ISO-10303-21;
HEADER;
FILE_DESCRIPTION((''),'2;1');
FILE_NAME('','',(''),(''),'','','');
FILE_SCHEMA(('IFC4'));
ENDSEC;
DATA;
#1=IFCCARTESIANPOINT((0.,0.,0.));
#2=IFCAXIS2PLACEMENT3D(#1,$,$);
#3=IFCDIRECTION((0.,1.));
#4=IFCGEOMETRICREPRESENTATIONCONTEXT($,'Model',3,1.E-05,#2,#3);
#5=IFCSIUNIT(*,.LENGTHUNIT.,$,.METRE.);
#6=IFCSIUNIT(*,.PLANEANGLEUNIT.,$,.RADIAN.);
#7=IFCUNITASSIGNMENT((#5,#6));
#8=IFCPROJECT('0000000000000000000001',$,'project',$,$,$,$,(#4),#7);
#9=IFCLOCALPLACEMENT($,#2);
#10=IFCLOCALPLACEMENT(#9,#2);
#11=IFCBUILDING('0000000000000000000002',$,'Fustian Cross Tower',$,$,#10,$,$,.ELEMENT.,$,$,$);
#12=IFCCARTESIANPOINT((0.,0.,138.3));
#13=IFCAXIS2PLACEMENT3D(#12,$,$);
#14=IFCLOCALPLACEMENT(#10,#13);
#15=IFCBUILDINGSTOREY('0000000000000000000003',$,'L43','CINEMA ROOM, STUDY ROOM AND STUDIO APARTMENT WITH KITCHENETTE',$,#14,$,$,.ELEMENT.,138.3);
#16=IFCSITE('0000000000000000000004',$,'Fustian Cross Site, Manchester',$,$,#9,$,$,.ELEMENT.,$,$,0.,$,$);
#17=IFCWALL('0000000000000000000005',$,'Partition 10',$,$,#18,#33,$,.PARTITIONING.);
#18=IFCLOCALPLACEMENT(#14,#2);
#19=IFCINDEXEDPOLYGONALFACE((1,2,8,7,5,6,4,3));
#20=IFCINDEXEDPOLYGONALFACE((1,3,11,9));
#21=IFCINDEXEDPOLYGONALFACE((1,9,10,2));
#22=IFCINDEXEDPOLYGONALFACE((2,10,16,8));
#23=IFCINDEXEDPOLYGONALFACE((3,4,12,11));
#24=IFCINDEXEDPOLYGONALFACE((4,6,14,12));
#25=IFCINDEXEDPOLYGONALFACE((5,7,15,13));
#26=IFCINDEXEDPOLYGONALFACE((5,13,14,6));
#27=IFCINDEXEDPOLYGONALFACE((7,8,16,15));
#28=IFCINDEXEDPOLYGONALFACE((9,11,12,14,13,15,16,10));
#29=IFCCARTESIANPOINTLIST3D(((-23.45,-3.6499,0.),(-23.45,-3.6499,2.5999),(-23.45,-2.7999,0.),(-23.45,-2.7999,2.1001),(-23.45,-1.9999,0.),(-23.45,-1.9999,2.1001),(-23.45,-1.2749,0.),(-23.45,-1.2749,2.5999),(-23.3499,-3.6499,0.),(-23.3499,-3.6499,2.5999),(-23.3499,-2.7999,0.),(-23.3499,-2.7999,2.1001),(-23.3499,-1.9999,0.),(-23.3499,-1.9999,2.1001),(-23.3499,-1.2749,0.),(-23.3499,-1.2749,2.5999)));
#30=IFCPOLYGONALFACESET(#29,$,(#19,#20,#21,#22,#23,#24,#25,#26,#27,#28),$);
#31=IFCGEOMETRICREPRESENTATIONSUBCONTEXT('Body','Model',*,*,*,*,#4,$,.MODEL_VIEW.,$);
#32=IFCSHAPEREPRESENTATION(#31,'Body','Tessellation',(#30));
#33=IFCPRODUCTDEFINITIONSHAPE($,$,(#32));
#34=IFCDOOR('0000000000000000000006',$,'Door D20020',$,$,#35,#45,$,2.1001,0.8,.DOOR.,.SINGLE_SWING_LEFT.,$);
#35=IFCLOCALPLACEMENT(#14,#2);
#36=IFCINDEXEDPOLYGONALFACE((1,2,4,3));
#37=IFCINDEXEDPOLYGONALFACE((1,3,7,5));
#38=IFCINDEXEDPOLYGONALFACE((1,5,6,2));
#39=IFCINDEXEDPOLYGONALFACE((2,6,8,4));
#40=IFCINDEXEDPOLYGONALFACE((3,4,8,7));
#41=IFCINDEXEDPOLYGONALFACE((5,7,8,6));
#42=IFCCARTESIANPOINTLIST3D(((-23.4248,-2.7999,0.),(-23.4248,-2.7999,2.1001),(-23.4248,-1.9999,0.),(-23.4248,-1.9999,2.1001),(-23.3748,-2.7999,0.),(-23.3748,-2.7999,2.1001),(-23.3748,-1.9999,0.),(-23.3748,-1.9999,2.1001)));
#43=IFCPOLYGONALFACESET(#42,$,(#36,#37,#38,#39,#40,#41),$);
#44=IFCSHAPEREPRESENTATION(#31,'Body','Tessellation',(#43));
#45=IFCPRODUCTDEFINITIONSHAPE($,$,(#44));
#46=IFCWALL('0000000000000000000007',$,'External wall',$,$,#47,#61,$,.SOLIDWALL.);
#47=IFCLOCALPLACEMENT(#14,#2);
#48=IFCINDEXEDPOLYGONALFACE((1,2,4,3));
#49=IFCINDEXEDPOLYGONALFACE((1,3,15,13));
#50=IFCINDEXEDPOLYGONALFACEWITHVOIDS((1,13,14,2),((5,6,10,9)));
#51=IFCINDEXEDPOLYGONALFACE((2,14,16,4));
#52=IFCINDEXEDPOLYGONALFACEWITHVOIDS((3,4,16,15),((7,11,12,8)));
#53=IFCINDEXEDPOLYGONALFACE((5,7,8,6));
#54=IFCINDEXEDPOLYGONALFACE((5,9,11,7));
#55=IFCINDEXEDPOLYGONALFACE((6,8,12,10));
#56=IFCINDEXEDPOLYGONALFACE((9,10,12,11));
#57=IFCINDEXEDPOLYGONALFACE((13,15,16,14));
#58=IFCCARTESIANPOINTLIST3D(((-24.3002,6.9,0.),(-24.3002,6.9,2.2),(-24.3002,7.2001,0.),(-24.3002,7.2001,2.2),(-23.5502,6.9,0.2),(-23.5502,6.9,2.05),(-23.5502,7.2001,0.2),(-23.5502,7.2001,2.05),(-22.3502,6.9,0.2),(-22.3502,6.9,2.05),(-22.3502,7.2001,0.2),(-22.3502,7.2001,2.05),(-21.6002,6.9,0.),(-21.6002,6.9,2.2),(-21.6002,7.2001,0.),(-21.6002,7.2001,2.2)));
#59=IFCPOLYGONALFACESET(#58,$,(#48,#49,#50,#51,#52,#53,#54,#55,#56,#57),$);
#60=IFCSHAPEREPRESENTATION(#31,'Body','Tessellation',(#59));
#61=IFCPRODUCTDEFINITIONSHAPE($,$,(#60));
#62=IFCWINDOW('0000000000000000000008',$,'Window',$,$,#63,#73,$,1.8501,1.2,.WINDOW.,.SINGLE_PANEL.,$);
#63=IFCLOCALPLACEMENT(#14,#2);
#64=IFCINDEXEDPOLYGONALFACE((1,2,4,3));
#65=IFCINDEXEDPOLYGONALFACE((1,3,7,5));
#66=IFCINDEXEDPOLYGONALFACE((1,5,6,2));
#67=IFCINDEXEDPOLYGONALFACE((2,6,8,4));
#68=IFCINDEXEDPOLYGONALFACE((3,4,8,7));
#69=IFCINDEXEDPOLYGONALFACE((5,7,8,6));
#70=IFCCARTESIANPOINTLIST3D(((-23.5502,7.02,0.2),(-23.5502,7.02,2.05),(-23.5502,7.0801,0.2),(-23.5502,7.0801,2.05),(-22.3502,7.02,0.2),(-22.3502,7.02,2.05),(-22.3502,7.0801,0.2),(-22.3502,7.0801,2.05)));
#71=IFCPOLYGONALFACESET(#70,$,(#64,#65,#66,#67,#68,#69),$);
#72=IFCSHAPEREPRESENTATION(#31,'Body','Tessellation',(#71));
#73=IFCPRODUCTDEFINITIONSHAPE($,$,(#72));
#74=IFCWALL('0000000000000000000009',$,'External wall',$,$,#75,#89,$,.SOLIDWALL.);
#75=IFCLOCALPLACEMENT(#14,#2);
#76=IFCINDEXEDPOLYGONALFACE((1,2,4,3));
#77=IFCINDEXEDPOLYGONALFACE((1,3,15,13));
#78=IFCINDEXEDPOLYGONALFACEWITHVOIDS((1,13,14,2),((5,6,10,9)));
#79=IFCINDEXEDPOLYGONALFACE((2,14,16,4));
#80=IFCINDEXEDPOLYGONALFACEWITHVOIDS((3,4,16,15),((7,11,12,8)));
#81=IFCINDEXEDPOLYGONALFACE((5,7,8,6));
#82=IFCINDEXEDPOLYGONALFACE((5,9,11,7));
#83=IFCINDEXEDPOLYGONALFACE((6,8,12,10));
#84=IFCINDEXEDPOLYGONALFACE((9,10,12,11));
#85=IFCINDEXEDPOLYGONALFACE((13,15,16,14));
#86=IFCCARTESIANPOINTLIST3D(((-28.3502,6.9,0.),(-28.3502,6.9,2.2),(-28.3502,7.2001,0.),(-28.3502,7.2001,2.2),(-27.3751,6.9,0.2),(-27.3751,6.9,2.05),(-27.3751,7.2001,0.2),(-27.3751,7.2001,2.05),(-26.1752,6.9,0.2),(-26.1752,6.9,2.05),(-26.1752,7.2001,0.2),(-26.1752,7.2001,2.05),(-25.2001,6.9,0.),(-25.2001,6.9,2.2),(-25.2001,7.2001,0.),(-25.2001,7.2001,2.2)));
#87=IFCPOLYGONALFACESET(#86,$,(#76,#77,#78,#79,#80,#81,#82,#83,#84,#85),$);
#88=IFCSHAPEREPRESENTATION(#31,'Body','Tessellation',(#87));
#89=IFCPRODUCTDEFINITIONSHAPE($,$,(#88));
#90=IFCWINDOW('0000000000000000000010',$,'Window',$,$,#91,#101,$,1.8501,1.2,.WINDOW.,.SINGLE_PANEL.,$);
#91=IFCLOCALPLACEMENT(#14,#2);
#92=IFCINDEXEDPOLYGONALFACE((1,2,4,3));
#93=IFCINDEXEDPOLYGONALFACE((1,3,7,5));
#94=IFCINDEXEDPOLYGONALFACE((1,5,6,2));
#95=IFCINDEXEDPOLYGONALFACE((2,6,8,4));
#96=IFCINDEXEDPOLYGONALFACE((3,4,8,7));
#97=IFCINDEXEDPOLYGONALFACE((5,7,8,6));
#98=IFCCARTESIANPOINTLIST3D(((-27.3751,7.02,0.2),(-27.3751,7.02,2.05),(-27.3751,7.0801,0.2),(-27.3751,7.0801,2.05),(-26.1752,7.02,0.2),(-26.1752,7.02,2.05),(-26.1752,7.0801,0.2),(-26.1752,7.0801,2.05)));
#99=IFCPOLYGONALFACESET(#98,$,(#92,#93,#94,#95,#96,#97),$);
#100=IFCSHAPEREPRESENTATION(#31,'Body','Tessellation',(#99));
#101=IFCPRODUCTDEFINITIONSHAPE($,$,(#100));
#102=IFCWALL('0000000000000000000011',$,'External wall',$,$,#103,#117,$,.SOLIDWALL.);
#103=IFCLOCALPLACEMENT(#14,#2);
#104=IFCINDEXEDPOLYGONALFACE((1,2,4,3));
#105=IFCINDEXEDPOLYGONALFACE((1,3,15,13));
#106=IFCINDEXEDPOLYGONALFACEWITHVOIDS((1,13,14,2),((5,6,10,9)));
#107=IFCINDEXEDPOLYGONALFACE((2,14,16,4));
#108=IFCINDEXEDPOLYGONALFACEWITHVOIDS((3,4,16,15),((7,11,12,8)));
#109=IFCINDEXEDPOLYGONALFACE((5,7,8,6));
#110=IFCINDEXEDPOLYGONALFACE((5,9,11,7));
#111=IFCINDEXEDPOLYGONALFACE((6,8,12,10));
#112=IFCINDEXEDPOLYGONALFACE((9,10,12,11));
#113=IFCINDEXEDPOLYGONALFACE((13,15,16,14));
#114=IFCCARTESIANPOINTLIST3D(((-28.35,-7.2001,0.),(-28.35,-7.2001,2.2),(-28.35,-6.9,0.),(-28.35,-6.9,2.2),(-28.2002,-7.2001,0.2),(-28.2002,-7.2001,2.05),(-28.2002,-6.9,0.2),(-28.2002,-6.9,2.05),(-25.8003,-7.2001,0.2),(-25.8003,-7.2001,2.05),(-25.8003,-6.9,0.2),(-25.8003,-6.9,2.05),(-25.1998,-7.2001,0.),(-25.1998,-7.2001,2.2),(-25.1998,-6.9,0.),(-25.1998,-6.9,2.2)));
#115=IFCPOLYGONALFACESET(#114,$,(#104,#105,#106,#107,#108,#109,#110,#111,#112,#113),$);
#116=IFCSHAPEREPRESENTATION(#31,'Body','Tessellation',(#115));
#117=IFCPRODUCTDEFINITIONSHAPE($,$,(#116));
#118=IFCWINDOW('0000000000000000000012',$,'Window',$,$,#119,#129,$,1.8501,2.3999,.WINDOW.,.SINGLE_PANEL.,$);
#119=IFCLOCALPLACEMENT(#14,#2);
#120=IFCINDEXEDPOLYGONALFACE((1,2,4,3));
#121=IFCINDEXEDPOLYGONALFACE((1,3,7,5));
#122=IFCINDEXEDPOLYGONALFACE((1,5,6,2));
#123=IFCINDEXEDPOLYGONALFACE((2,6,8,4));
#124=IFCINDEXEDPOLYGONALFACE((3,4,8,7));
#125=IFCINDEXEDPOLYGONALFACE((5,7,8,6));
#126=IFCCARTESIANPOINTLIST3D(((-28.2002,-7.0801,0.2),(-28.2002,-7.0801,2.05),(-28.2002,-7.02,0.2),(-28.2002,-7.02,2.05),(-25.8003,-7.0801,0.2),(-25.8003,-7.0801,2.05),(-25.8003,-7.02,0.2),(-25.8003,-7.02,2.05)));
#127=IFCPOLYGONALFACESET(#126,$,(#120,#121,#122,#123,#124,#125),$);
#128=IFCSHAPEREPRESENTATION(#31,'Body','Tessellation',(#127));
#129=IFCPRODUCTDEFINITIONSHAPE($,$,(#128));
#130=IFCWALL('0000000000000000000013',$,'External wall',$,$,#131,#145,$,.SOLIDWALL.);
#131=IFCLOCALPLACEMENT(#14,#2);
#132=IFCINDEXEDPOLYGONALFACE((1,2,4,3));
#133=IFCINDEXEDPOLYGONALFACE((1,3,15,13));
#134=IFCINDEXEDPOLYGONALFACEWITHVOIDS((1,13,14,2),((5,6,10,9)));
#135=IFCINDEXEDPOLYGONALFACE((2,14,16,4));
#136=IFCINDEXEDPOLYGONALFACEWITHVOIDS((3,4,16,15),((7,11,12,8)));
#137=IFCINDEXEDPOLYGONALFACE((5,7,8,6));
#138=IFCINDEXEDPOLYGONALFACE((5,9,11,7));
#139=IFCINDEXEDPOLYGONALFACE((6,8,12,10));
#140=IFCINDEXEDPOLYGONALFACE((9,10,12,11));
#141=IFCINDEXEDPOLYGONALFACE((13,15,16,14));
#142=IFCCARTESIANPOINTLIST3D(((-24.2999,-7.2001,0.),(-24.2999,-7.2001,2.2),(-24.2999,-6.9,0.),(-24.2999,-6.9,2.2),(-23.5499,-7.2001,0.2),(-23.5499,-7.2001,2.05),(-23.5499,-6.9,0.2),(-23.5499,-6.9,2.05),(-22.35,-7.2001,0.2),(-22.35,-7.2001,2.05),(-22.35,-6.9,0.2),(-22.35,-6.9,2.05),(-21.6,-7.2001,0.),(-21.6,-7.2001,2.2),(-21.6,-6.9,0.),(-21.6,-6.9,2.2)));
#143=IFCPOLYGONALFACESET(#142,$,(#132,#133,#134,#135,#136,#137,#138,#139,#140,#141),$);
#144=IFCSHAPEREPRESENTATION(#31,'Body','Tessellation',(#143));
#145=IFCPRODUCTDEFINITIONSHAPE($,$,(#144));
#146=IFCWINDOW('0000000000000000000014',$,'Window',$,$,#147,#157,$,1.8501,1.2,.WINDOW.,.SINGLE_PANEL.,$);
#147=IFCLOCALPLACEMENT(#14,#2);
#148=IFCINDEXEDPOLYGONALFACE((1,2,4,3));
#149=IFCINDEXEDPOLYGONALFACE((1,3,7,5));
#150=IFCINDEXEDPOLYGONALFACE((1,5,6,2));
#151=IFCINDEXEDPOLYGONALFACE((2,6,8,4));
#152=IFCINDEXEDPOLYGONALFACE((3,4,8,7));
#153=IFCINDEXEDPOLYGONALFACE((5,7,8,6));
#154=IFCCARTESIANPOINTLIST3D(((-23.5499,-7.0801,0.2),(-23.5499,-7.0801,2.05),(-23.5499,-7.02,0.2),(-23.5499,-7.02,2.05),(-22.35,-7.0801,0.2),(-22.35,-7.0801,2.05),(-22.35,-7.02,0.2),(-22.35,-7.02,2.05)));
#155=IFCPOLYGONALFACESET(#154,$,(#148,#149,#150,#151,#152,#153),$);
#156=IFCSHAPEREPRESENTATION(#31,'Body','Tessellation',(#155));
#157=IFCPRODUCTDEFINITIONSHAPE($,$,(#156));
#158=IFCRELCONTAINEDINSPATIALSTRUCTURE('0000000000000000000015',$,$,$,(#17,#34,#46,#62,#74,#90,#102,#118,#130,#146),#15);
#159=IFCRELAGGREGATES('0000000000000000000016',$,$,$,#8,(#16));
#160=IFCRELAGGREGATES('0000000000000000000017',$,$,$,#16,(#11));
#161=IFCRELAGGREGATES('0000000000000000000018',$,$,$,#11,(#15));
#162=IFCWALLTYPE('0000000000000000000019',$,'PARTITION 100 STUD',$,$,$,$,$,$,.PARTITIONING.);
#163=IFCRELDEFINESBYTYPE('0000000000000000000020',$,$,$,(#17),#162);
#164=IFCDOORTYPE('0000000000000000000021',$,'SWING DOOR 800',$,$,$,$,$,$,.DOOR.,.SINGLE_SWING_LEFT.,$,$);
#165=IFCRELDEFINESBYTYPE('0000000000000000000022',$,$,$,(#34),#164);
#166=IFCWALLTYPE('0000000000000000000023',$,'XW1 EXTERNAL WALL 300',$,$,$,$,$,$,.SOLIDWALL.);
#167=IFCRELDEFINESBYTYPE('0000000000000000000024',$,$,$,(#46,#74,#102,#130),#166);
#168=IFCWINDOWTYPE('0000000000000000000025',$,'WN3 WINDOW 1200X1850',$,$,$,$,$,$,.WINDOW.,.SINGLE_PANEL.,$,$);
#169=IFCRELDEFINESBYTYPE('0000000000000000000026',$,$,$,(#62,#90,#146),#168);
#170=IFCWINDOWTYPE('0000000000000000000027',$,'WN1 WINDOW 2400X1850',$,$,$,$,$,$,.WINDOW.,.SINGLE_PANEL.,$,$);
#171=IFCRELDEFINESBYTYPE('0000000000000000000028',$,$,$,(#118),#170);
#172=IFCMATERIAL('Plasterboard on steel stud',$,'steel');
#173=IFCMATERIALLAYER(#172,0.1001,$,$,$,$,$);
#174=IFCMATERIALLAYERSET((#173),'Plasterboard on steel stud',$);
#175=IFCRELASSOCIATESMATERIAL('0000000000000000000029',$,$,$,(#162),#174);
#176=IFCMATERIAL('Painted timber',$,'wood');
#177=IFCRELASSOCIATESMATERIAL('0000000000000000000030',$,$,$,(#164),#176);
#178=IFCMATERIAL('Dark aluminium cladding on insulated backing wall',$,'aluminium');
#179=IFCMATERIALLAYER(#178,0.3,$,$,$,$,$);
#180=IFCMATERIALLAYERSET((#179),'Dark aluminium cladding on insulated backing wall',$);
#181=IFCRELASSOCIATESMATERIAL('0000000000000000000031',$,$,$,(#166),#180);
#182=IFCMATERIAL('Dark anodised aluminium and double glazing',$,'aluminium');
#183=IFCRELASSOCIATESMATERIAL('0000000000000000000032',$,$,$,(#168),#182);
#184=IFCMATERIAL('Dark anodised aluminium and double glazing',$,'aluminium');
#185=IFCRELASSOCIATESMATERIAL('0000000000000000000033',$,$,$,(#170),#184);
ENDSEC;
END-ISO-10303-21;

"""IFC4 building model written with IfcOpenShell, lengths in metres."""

from ifc_helpers import new_model, si_unit, direction, frame, frame_2d, origin, place, context, subcontext, project, spatial, rectangle, extrude, material, layer, layer_set, type_object, element, fill, save


model = new_model("IFC4")

# Units and contexts
model_context = context("Model", 3, precision=1e-05, world=origin(), true_north=direction((0.0, 1.0)))
body_context = subcontext(model_context, "Body", "Model", "MODEL_VIEW")
ifc_project = project(units=[si_unit("LENGTHUNIT", "METRE"), si_unit("PLANEANGLEUNIT", "RADIAN")], contexts=[model_context])

# Site, building, storey
site_placement = place(None, origin())
site = spatial("IfcSite", under=ifc_project, at=site_placement, Name="Fustian Cross Site, Manchester", CompositionType="ELEMENT", RefElevation=0.0)
building_placement = place(site_placement, origin())
building = spatial("IfcBuilding", under=site, at=building_placement, Name="Fustian Cross Tower", CompositionType="ELEMENT")
storey_placement = place(building_placement, frame((0.0, 0.0, 138.3)))
storey = spatial("IfcBuildingStorey", under=building, at=storey_placement, Name="L43", Description="CINEMA ROOM, STUDY ROOM AND STUDIO APARTMENT WITH KITCHENETTE", CompositionType="ELEMENT", Elevation=138.3)

# Shared definitions
ifc_material_1 = material(Name="Plasterboard on steel stud", Category="steel")
ifc_layer_1 = layer(ifc_material_1, 0.1001)
ifc_layer_set_1 = layer_set([ifc_layer_1], Name="Plasterboard on steel stud")
wall_type_1 = type_object("IfcWallType", Name="PARTITION 100 STUD", PredefinedType="PARTITIONING", material=ifc_layer_set_1)

# Wall, opening, door
wall_1_placement = place(storey_placement, frame((-23.3999, -3.6499, 0.0), z_axis=(0.0, 0.0, 1.0), x_axis=(0.0, 1.0, 0.0)))
wall_1 = element("IfcWall", 1, at=wall_1_placement, inside=storey, type_object=wall_type_1, Name="Partition 10", PredefinedType="PARTITIONING", context=body_context, shape_type="SweptSolid", body=[
    extrude(rectangle(XDim=2.375, YDim=0.1001, at=frame_2d((1.1875, 0.0))), origin(), (0.0, 0.0, 1.0), 2.5999),
])
opening_1_placement = place(wall_1_placement, frame((0.8501, 0.0, 0.0)))
opening_1 = element("IfcOpeningElement", 2, at=opening_1_placement, cuts=wall_1, PredefinedType="OPENING", context=body_context, shape_type="SweptSolid", body=[
    extrude(rectangle(XDim=0.8, YDim=2.1001, at=frame_2d((0.3999, 1.05))), frame((0.0, 0.0601, 0.0), z_axis=(0.0, -1.0, 0.0), x_axis=(1.0, 0.0, 0.0)), (0.0, 0.0, 1.0), 0.1201),
])
ifc_material_2 = material(Name="Painted timber", Category="wood")
door_type = type_object("IfcDoorType", Name="SWING DOOR 800", OperationType="SINGLE_SWING_LEFT", PredefinedType="DOOR", material=ifc_material_2)
door_placement = place(opening_1_placement, origin())
door = element("IfcDoor", 3, at=door_placement, inside=storey, type_object=door_type, Name="Door D20020", OperationType="SINGLE_SWING_LEFT", OverallHeight=2.1001, OverallWidth=0.8, PredefinedType="DOOR", context=body_context, shape_type="SweptSolid", body=[
    extrude(rectangle(XDim=0.8, YDim=2.1001, at=frame_2d((0.3999, 1.05))), frame((0.0, 0.0249, 0.0), z_axis=(0.0, -1.0, 0.0), x_axis=(1.0, 0.0, 0.0)), (0.0, 0.0, 1.0), 0.05),
])
fill(opening_1, door)

# Walls, openings, windows
ifc_material_3 = material(Name="Dark aluminium cladding on insulated backing wall", Category="aluminium")
ifc_layer_2 = layer(ifc_material_3, 0.3)
ifc_layer_set_2 = layer_set([ifc_layer_2], Name="Dark aluminium cladding on insulated backing wall")
wall_type_2 = type_object("IfcWallType", Name="XW1 EXTERNAL WALL 300", PredefinedType="SOLIDWALL", material=ifc_layer_set_2)
wall_2_placement = place(storey_placement, frame((-21.6001, 7.05, 0.0), z_axis=(0.0, 0.0, 1.0), x_axis=(-1.0, 0.0, 0.0)))
wall_2 = element("IfcWall", 4, at=wall_2_placement, inside=storey, type_object=wall_type_2, Name="External wall", PredefinedType="SOLIDWALL", context=body_context, shape_type="SweptSolid", body=[
    extrude(rectangle(XDim=2.7, YDim=0.3, at=frame_2d((1.3501, 0.0))), origin(), (0.0, 0.0, 1.0), 2.2),
])
opening_2_placement = place(wall_2_placement, frame((0.75, 0.0, 0.2)))
opening_2 = element("IfcOpeningElement", 5, at=opening_2_placement, cuts=wall_2, PredefinedType="OPENING", context=body_context, shape_type="SweptSolid", body=[
    extrude(rectangle(XDim=1.2, YDim=1.8501, at=frame_2d((0.6001, 0.925))), frame((0.0, 0.1599, 0.0), z_axis=(0.0, -1.0, 0.0), x_axis=(1.0, 0.0, 0.0)), (0.0, 0.0, 1.0), 0.3201),
])
ifc_material_4 = material(Name="Dark anodised aluminium and double glazing", Category="aluminium")
window_type_1 = type_object("IfcWindowType", Name="WN3 WINDOW 1200X1850", PartitioningType="SINGLE_PANEL", PredefinedType="WINDOW", material=ifc_material_4)
window_1_placement = place(opening_2_placement, origin())
window_1 = element("IfcWindow", 6, at=window_1_placement, inside=storey, type_object=window_type_1, Name="Window", OverallHeight=1.8501, OverallWidth=1.2, PartitioningType="SINGLE_PANEL", PredefinedType="WINDOW", context=body_context, shape_type="SweptSolid", body=[
    extrude(rectangle(XDim=1.2, YDim=1.8501, at=frame_2d((0.6001, 0.925))), frame((0.0, 0.03, 0.0), z_axis=(0.0, -1.0, 0.0), x_axis=(1.0, 0.0, 0.0)), (0.0, 0.0, 1.0), 0.0601),
])
fill(opening_2, window_1)
wall_3_placement = place(storey_placement, frame((-25.2, 7.05, 0.0), z_axis=(0.0, 0.0, 1.0), x_axis=(-1.0, 0.0, 0.0)))
wall_3 = element("IfcWall", 7, at=wall_3_placement, inside=storey, type_object=wall_type_2, Name="External wall", PredefinedType="SOLIDWALL", context=body_context, shape_type="SweptSolid", body=[
    extrude(rectangle(XDim=3.1501, YDim=0.3, at=frame_2d((1.5752, 0.0))), origin(), (0.0, 0.0, 1.0), 2.2),
])
opening_3_placement = place(wall_3_placement, frame((0.9751, 0.0, 0.2)))
opening_3 = element("IfcOpeningElement", 8, at=opening_3_placement, cuts=wall_3, PredefinedType="OPENING", context=body_context, shape_type="SweptSolid", body=[
    extrude(rectangle(XDim=1.2, YDim=1.8501, at=frame_2d((0.6001, 0.925))), frame((0.0, 0.1599, 0.0), z_axis=(0.0, -1.0, 0.0), x_axis=(1.0, 0.0, 0.0)), (0.0, 0.0, 1.0), 0.3201),
])
window_2_placement = place(opening_3_placement, origin())
window_2 = element("IfcWindow", 9, at=window_2_placement, inside=storey, type_object=window_type_1, Name="Window", OverallHeight=1.8501, OverallWidth=1.2, PartitioningType="SINGLE_PANEL", PredefinedType="WINDOW", context=body_context, shape_type="SweptSolid", body=[
    extrude(rectangle(XDim=1.2, YDim=1.8501, at=frame_2d((0.6001, 0.925))), frame((0.0, 0.03, 0.0), z_axis=(0.0, -1.0, 0.0), x_axis=(1.0, 0.0, 0.0)), (0.0, 0.0, 1.0), 0.0601),
])
fill(opening_3, window_2)
wall_4_placement = place(storey_placement, frame((-28.3501, -7.05, 0.0), z_axis=(0.0, 0.0, 1.0), x_axis=(1.0, 0.0, 0.0)))
wall_4 = element("IfcWall", 10, at=wall_4_placement, inside=storey, type_object=wall_type_2, Name="External wall", PredefinedType="SOLIDWALL", context=body_context, shape_type="SweptSolid", body=[
    extrude(rectangle(XDim=3.1501, YDim=0.3, at=frame_2d((1.5752, 0.0))), origin(), (0.0, 0.0, 1.0), 2.2),
])
opening_4_placement = place(wall_4_placement, frame((0.1499, 0.0, 0.2)))
opening_4 = element("IfcOpeningElement", 11, at=opening_4_placement, cuts=wall_4, PredefinedType="OPENING", context=body_context, shape_type="SweptSolid", body=[
    extrude(rectangle(XDim=2.3999, YDim=1.8501, at=frame_2d((1.2, 0.925))), frame((0.0, 0.1599, 0.0), z_axis=(0.0, -1.0, 0.0), x_axis=(1.0, 0.0, 0.0)), (0.0, 0.0, 1.0), 0.3201),
])
ifc_material_5 = material(Name="Dark anodised aluminium and double glazing", Category="aluminium")
window_type_2 = type_object("IfcWindowType", Name="WN1 WINDOW 2400X1850", PartitioningType="SINGLE_PANEL", PredefinedType="WINDOW", material=ifc_material_5)
window_3_placement = place(opening_4_placement, origin())
window_3 = element("IfcWindow", 12, at=window_3_placement, inside=storey, type_object=window_type_2, Name="Window", OverallHeight=1.8501, OverallWidth=2.3999, PartitioningType="SINGLE_PANEL", PredefinedType="WINDOW", context=body_context, shape_type="SweptSolid", body=[
    extrude(rectangle(XDim=2.3999, YDim=1.8501, at=frame_2d((1.2, 0.925))), frame((0.0, 0.03, 0.0), z_axis=(0.0, -1.0, 0.0), x_axis=(1.0, 0.0, 0.0)), (0.0, 0.0, 1.0), 0.0601),
])
fill(opening_4, window_3)
wall_5_placement = place(storey_placement, frame((-24.3, -7.05, 0.0), z_axis=(0.0, 0.0, 1.0), x_axis=(1.0, 0.0, 0.0)))
wall_5 = element("IfcWall", 13, at=wall_5_placement, inside=storey, type_object=wall_type_2, Name="External wall", PredefinedType="SOLIDWALL", context=body_context, shape_type="SweptSolid", body=[
    extrude(rectangle(XDim=2.7, YDim=0.3, at=frame_2d((1.3501, 0.0))), origin(), (0.0, 0.0, 1.0), 2.2),
])
opening_5_placement = place(wall_5_placement, frame((0.75, 0.0, 0.2)))
opening_5 = element("IfcOpeningElement", 14, at=opening_5_placement, cuts=wall_5, PredefinedType="OPENING", context=body_context, shape_type="SweptSolid", body=[
    extrude(rectangle(XDim=1.2, YDim=1.8501, at=frame_2d((0.6001, 0.925))), frame((0.0, 0.1599, 0.0), z_axis=(0.0, -1.0, 0.0), x_axis=(1.0, 0.0, 0.0)), (0.0, 0.0, 1.0), 0.3201),
])
window_4_placement = place(opening_5_placement, origin())
window_4 = element("IfcWindow", 15, at=window_4_placement, inside=storey, type_object=window_type_1, Name="Window", OverallHeight=1.8501, OverallWidth=1.2, PartitioningType="SINGLE_PANEL", PredefinedType="WINDOW", context=body_context, shape_type="SweptSolid", body=[
    extrude(rectangle(XDim=1.2, YDim=1.8501, at=frame_2d((0.6001, 0.925))), frame((0.0, 0.03, 0.0), z_axis=(0.0, -1.0, 0.0), x_axis=(1.0, 0.0, 0.0)), (0.0, 0.0, 1.0), 0.0601),
])
fill(opening_5, window_4)

save(model, "model.ifc")
